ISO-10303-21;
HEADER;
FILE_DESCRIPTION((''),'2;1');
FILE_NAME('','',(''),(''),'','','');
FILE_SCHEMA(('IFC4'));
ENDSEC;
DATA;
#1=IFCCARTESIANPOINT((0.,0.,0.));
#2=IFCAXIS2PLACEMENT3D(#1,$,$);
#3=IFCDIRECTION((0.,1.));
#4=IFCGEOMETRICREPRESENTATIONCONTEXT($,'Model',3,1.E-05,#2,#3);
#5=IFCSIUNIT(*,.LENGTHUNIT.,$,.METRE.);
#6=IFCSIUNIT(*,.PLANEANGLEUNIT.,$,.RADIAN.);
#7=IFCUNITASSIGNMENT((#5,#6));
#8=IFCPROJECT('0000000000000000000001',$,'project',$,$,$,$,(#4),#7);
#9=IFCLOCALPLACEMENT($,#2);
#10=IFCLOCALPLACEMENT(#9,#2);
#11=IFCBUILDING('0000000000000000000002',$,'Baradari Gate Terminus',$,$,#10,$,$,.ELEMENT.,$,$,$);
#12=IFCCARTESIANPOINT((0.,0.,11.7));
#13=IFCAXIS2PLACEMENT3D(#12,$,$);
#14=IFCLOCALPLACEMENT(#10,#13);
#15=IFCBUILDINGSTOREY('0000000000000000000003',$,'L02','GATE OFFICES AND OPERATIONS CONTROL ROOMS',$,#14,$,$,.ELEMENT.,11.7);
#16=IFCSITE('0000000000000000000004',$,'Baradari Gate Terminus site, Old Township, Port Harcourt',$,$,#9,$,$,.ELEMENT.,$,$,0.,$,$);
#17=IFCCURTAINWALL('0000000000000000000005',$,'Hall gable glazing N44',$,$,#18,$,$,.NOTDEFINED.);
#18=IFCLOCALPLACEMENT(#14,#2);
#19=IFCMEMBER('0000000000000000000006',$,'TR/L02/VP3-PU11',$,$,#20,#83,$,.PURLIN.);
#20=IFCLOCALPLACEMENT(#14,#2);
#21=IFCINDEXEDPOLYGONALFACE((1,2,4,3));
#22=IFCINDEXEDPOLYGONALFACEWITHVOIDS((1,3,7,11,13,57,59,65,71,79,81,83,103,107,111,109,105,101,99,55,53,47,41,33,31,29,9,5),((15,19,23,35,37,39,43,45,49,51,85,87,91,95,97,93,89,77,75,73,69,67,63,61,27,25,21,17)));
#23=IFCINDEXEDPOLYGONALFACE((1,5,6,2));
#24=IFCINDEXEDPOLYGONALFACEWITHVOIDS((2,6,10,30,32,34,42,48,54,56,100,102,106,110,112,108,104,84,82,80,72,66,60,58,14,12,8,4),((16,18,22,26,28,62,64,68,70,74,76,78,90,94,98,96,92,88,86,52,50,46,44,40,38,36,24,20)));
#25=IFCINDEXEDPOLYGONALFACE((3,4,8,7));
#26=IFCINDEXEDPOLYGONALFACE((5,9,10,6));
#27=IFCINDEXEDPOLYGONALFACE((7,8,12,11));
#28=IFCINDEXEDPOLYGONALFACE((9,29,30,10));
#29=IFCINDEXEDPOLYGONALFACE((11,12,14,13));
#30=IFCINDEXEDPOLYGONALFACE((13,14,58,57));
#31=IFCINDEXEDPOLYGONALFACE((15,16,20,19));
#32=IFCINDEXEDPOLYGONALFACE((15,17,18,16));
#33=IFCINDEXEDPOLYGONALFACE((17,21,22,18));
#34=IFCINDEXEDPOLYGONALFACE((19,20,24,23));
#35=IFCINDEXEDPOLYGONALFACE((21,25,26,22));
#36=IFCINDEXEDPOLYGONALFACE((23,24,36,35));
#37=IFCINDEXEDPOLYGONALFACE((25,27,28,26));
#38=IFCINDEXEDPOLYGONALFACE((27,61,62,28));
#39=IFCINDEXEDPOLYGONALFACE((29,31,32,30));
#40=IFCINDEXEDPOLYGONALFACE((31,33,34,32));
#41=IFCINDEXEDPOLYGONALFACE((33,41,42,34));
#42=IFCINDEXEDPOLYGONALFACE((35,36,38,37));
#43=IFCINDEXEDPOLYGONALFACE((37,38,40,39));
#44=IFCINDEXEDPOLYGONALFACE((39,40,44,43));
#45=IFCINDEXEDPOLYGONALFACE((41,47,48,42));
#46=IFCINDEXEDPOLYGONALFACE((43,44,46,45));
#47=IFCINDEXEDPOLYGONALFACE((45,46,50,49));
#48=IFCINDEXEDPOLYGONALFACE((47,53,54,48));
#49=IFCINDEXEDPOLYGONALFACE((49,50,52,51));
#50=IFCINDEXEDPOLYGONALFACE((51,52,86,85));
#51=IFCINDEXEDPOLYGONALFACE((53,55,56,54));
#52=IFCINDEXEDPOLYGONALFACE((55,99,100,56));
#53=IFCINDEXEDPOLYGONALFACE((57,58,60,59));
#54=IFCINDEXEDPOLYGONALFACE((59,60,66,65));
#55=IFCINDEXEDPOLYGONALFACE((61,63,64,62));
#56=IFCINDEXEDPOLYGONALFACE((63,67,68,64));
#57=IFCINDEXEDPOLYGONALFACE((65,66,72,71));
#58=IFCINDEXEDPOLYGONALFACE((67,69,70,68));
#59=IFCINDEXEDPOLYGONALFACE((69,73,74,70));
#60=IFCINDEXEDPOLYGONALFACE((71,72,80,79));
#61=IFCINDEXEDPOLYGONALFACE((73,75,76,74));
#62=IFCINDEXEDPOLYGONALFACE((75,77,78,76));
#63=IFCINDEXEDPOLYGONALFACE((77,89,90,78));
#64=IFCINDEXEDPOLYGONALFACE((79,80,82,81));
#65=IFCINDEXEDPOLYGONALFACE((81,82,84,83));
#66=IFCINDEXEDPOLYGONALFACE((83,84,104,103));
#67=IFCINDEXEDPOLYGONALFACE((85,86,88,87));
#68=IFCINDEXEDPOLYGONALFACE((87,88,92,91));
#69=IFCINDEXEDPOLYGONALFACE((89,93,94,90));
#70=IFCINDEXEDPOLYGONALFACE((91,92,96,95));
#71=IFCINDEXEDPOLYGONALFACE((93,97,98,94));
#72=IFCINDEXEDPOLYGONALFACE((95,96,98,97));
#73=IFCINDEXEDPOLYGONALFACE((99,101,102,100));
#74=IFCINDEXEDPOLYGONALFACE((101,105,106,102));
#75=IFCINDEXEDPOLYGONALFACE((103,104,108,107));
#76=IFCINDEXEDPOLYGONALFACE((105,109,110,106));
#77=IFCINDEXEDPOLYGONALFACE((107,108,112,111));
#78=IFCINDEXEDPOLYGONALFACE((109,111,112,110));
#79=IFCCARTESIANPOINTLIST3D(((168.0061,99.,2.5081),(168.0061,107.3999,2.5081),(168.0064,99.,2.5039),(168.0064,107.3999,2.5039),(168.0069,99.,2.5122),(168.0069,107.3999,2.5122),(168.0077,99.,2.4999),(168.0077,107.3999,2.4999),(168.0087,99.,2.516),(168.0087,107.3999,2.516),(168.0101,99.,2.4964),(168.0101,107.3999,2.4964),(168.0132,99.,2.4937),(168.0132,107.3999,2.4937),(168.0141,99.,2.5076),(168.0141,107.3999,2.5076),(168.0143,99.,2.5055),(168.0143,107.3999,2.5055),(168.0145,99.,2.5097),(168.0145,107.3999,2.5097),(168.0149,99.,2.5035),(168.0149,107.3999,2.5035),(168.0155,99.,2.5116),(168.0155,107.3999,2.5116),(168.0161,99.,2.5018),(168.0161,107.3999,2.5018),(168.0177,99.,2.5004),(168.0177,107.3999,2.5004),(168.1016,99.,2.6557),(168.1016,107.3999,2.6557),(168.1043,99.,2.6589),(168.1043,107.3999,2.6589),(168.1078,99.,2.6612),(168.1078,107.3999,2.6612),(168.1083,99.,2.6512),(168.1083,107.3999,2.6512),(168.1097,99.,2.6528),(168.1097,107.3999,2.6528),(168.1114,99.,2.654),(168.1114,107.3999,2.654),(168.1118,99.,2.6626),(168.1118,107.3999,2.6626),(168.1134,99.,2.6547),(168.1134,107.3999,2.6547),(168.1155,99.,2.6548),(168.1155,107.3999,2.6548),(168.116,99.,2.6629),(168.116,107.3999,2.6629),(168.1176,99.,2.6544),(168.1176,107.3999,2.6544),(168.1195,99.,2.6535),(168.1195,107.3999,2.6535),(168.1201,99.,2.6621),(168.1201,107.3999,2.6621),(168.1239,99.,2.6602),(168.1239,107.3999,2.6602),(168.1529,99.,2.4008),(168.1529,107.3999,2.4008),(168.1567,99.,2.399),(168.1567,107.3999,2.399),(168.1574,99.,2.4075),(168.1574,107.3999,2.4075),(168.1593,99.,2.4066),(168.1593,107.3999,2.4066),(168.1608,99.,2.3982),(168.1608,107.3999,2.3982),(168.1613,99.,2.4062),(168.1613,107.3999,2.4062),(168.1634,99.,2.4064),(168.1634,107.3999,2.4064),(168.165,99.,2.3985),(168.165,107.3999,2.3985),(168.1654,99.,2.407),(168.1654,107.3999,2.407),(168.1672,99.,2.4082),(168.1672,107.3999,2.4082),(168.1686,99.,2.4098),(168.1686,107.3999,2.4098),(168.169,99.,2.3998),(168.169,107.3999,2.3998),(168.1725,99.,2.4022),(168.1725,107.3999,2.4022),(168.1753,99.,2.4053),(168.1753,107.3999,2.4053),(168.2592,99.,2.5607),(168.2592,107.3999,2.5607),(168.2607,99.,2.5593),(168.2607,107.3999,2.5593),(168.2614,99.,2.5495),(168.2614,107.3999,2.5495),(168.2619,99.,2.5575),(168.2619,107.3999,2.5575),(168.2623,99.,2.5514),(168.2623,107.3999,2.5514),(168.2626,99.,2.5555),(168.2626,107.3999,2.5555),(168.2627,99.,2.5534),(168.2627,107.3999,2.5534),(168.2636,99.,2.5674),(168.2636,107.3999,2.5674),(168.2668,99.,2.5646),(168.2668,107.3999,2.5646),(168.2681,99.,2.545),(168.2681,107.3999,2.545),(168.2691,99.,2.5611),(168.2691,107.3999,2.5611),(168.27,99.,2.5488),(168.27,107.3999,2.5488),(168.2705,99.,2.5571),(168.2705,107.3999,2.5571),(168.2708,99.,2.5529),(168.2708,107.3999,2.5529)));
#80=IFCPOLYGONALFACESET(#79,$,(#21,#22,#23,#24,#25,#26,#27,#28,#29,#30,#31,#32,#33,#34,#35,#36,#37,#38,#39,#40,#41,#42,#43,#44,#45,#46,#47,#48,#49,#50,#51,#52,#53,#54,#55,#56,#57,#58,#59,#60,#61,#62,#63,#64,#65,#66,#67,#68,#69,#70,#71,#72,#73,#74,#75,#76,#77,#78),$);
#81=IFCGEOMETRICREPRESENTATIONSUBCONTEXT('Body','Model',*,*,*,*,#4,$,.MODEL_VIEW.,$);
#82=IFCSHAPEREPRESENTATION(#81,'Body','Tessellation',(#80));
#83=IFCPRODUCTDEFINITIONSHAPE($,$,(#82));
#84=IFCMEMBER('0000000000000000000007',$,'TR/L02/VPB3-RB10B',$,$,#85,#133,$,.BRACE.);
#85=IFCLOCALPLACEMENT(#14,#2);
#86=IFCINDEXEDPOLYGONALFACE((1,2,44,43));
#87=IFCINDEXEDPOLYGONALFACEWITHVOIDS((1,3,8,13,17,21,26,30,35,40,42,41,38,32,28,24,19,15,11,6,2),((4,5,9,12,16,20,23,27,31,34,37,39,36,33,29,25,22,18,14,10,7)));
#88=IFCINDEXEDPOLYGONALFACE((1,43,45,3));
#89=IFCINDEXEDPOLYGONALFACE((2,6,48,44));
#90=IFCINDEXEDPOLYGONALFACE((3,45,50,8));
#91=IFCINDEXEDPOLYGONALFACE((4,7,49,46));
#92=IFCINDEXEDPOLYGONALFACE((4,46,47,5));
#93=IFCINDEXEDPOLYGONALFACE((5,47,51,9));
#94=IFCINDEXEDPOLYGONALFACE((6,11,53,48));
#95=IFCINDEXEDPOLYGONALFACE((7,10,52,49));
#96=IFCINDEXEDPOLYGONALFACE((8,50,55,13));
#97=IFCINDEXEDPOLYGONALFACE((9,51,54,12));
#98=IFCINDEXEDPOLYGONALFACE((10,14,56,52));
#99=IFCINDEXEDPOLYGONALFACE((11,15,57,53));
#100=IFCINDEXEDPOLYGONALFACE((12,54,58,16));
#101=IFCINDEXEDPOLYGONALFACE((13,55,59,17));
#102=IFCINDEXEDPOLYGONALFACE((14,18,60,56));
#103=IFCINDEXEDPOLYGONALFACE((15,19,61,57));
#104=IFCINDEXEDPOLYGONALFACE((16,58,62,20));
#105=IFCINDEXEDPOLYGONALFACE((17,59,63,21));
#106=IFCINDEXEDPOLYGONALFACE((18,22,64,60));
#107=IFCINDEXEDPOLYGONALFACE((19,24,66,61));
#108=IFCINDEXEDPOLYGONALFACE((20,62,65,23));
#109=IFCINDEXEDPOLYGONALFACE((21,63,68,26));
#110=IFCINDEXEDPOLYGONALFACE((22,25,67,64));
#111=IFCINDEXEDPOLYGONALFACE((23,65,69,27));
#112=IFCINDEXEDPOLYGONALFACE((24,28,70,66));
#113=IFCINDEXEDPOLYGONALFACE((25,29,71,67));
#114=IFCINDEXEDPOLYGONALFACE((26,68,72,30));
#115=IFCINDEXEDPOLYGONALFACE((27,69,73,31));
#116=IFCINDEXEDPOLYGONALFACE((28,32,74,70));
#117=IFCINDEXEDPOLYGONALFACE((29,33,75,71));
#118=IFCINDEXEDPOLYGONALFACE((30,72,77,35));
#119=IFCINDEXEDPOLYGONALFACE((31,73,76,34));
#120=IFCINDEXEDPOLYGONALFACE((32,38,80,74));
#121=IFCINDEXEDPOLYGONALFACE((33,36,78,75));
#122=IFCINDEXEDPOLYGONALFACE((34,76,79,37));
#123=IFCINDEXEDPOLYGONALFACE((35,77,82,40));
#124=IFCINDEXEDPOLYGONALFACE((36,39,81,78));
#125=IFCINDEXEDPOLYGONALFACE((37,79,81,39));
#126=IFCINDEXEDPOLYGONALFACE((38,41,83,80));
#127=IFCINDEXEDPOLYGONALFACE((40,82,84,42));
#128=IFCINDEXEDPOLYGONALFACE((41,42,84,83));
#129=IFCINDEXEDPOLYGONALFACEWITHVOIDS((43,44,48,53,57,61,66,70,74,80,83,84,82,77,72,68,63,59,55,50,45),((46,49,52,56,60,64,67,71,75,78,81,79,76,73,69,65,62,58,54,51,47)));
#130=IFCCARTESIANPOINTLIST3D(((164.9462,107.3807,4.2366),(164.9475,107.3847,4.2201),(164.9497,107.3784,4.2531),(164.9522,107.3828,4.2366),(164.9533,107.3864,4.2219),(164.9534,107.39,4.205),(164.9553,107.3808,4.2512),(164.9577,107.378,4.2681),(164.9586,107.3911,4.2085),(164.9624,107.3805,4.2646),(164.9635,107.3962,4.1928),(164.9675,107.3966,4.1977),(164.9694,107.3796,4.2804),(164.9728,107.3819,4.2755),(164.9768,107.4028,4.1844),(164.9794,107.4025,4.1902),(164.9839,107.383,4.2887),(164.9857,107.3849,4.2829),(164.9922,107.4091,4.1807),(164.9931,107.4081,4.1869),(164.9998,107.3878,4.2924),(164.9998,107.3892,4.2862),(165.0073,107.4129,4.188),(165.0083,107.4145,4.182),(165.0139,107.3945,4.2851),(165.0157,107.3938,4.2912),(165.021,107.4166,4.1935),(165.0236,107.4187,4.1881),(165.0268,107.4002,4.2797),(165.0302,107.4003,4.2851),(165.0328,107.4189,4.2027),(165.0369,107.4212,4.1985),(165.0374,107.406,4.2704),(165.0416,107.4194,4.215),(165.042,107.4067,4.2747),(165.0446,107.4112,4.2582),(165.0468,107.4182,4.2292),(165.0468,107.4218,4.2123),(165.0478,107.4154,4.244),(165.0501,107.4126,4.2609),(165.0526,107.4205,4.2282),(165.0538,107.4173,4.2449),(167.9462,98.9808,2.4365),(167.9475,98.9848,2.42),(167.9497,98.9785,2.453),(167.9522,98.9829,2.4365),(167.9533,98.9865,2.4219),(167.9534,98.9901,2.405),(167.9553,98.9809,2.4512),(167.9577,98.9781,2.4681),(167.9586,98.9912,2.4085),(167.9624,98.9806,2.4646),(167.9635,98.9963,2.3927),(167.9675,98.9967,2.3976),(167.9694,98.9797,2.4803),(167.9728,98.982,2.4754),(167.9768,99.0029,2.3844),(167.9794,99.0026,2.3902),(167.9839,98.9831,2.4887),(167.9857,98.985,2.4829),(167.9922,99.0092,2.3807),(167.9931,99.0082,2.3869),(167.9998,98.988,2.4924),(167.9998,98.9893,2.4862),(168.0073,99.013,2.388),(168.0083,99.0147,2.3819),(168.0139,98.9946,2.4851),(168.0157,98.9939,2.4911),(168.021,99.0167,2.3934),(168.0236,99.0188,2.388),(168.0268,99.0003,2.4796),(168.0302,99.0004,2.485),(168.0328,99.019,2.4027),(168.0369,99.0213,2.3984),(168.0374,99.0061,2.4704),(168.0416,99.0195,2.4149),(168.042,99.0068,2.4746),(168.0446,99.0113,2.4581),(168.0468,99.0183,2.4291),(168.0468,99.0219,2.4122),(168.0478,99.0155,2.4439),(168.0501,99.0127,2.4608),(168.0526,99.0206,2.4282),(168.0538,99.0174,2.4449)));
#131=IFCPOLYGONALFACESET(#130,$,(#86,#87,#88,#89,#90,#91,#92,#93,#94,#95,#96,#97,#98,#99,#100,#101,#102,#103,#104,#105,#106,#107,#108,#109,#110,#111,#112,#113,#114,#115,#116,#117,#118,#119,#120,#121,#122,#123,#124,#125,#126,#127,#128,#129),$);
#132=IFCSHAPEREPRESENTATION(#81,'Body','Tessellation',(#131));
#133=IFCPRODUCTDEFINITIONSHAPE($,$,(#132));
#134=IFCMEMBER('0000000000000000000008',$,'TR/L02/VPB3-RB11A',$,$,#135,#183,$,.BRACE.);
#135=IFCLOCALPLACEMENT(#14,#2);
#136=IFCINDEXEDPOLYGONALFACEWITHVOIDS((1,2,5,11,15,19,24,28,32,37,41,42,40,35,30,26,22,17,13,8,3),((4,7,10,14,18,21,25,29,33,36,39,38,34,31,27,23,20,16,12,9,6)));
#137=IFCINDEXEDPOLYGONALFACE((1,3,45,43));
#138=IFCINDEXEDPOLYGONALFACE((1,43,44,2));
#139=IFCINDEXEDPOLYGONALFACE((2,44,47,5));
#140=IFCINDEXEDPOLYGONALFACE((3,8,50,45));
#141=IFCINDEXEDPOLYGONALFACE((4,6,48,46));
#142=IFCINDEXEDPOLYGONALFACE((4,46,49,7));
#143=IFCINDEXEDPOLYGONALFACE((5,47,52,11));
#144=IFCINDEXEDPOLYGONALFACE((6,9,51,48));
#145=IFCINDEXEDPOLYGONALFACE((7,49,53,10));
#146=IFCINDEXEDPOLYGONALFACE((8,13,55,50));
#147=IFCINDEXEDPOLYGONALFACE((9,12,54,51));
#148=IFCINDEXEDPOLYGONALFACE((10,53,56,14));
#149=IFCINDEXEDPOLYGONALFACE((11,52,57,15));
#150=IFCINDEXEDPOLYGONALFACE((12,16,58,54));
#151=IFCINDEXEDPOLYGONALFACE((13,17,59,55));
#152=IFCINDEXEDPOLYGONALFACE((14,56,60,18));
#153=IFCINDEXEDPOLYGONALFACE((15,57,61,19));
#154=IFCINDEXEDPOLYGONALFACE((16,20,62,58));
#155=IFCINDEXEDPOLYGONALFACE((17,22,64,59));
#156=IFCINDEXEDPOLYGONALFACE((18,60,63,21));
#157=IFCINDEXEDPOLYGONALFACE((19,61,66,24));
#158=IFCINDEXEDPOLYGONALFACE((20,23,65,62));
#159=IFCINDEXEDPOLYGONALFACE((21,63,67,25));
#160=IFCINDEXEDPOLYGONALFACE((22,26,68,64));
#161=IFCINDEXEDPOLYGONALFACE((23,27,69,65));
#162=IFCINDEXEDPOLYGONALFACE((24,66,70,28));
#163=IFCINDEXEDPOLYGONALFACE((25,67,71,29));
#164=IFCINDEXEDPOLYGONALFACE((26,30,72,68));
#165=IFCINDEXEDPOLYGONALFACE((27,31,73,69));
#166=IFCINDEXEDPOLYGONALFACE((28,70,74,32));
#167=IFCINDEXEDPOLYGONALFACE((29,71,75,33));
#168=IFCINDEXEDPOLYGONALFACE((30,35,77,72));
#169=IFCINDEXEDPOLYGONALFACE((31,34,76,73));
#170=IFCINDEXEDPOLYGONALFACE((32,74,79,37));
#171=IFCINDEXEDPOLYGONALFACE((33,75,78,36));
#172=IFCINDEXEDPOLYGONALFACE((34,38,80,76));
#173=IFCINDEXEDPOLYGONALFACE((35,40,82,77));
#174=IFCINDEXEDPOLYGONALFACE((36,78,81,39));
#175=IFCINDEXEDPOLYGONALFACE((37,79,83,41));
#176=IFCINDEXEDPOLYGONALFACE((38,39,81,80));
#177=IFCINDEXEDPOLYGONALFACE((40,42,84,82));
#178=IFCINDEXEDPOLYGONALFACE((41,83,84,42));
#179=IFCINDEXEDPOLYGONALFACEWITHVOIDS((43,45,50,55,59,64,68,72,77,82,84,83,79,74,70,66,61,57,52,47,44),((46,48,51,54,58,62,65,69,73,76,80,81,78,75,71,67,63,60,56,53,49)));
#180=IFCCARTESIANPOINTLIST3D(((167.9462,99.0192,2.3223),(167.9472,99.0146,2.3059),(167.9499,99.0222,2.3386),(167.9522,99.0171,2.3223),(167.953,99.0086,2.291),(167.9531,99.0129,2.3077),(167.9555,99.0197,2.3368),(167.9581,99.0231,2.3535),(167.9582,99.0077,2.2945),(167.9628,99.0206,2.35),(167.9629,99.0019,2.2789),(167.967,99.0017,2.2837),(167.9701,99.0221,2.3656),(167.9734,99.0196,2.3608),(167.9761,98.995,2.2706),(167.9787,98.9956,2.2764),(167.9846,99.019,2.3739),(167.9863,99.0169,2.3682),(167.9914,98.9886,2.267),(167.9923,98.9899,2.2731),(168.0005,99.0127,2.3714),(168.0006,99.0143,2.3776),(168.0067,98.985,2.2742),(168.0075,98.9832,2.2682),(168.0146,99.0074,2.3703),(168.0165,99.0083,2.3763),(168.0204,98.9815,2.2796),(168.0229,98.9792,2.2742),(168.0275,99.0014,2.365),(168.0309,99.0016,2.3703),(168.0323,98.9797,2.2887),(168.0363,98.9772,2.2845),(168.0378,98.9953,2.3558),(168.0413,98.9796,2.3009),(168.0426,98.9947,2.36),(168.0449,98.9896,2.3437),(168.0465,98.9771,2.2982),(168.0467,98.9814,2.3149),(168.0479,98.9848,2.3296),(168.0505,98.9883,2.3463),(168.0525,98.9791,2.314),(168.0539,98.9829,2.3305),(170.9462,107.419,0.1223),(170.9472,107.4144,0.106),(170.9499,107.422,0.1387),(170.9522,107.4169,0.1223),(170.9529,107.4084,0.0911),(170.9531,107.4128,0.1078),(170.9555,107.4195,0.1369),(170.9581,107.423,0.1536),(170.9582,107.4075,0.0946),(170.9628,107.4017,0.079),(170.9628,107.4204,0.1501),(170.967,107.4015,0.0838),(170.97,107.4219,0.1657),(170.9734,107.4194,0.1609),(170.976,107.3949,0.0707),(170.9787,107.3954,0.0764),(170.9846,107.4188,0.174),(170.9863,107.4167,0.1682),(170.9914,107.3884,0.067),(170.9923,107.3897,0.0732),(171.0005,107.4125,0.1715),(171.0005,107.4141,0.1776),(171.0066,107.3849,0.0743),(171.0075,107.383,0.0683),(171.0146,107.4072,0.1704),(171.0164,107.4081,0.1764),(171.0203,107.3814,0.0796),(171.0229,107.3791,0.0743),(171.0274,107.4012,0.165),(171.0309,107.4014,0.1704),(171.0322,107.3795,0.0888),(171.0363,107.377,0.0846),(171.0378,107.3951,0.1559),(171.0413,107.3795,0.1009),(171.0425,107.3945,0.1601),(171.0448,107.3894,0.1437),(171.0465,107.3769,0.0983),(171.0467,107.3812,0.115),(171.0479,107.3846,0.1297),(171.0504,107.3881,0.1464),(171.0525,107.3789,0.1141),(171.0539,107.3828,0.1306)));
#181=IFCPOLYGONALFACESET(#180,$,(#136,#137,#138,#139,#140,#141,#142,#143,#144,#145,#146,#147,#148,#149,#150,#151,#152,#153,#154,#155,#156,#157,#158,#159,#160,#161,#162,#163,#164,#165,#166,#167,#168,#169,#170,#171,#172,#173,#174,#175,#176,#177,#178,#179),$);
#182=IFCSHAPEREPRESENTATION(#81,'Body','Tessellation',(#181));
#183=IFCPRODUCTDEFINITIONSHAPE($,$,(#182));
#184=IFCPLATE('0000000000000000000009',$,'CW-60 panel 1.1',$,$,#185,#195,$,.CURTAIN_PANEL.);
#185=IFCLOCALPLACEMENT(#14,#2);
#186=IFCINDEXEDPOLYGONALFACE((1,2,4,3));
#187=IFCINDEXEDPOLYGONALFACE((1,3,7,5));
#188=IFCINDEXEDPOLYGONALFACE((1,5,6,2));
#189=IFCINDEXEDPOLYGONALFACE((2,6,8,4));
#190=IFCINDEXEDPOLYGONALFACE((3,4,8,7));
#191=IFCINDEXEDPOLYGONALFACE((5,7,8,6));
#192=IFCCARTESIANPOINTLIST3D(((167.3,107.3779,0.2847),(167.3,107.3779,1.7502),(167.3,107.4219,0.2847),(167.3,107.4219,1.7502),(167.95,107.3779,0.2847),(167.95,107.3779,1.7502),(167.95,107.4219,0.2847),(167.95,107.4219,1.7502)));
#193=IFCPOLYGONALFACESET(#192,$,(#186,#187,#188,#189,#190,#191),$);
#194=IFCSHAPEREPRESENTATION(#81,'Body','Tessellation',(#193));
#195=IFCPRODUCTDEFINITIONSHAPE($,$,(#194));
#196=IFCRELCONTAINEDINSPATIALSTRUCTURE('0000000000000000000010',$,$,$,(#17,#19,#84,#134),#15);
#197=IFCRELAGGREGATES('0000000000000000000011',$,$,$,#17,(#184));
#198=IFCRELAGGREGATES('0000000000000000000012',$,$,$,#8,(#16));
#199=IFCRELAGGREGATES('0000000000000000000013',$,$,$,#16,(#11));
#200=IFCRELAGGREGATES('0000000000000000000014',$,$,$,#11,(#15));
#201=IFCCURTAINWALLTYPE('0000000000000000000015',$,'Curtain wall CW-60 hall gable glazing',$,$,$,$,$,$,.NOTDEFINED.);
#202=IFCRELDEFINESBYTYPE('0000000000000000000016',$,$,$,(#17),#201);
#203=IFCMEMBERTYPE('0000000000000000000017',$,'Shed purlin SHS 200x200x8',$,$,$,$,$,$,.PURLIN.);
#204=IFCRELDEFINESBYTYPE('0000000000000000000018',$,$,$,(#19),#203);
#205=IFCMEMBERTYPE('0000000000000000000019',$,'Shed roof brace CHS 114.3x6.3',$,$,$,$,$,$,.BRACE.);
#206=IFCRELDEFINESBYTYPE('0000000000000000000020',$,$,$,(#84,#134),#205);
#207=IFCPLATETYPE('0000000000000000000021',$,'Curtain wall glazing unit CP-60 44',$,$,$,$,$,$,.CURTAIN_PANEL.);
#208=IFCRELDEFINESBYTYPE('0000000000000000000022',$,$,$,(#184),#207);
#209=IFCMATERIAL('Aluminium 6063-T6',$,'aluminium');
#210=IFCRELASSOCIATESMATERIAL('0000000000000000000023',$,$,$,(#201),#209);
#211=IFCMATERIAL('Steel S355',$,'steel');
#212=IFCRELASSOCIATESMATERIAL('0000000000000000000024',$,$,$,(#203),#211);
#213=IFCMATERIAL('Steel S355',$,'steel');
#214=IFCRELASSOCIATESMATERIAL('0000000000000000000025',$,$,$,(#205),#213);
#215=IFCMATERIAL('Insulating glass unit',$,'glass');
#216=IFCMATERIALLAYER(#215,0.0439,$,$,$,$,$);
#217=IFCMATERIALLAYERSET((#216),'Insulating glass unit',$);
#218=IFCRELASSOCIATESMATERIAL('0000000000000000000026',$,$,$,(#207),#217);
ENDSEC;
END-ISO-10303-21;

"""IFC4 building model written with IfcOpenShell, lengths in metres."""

from ifc_helpers import new_model, si_unit, direction, frame, origin, origin_2d, place, context, subcontext, project, spatial, rectangle, hollow_rectangle, hollow_circle, extrude, material, layer, layer_set, material_profile, profile_set, type_object, element, aggregate, save


model = new_model("IFC4")

# Units and contexts
model_context = context("Model", 3, precision=1e-05, world=origin(), true_north=direction((0.0, 1.0)))
body_context = subcontext(model_context, "Body", "Model", "MODEL_VIEW")
ifc_project = project(units=[si_unit("LENGTHUNIT", "METRE"), si_unit("PLANEANGLEUNIT", "RADIAN")], contexts=[model_context])

# Site, building, storey
site_placement = place(None, origin())
site = spatial("IfcSite", under=ifc_project, at=site_placement, Name="Baradari Gate Terminus site, Old Township, Port Harcourt", CompositionType="ELEMENT", RefElevation=0.0)
building_placement = place(site_placement, origin())
building = spatial("IfcBuilding", under=site, at=building_placement, Name="Baradari Gate Terminus", CompositionType="ELEMENT")
storey_placement = place(building_placement, frame((0.0, 0.0, 11.7)))
storey = spatial("IfcBuildingStorey", under=building, at=storey_placement, Name="L02", Description="GATE OFFICES AND OPERATIONS CONTROL ROOMS", CompositionType="ELEMENT", Elevation=11.7)

# Curtain wall
ifc_material_1 = material(Name="Aluminium 6063-T6", Category="aluminium")
curtain_wall_type = type_object("IfcCurtainWallType", Name="Curtain wall CW-60 hall gable glazing", PredefinedType="NOTDEFINED", material=ifc_material_1)
curtain_wall_1_placement = place(storey_placement, origin())
curtain_wall_1 = element("IfcCurtainWall", 1, at=curtain_wall_1_placement, inside=storey, type_object=curtain_wall_type, Name="Hall gable glazing N44", PredefinedType="NOTDEFINED")

# Members
ifc_material_2 = material(Name="Steel S355", Category="steel")
ifc_material_profile_1 = material_profile(ifc_material_2, hollow_rectangle(XDim=0.2, YDim=0.2, WallThickness=0.0081, InnerFilletRadius=0.0081, OuterFilletRadius=0.0161, at=origin_2d()), Name="SHS 200x200x8")
ifc_profile_set_1 = profile_set([ifc_material_profile_1], Name="Steel S355")
member_type_1 = type_object("IfcMemberType", Name="Shed purlin SHS 200x200x8", PredefinedType="PURLIN", material=ifc_profile_set_1)
member_1_placement = place(storey_placement, frame((168.1384, 99.0, 2.5305), z_axis=(0.0, 1.0, 0.0), x_axis=(-0.832836, 0.0, 0.553519)))
element("IfcMember", 2, at=member_1_placement, inside=storey, type_object=member_type_1, Name="TR/L02/VP3-PU11", PredefinedType="PURLIN", context=body_context, shape_type="SweptSolid", body=[
    extrude(hollow_rectangle(XDim=0.2, YDim=0.2, WallThickness=0.0081, InnerFilletRadius=0.0081, OuterFilletRadius=0.0161, at=origin_2d()), origin(), (0.0, 0.0, 1.0), 8.3999),
])
ifc_material_3 = material(Name="Steel S355", Category="steel")
ifc_material_profile_2 = material_profile(ifc_material_3, hollow_circle(Radius=0.0571, WallThickness=0.0063, at=origin_2d()), Name="CHS 114.3x6.3")
ifc_profile_set_2 = profile_set([ifc_material_profile_2], Name="Steel S355")
member_type_2 = type_object("IfcMemberType", Name="Shed roof brace CHS 114.3x6.3", PredefinedType="BRACE", material=ifc_profile_set_2)
member_2_placement = place(storey_placement, frame((168.0, 99.0, 2.4365), z_axis=(-0.329693, 0.92313, 0.197821), x_axis=(-0.941741, -0.33634, 0.0)))
element("IfcMember", 3, at=member_2_placement, inside=storey, type_object=member_type_2, Name="TR/L02/VPB3-RB10B", PredefinedType="BRACE", context=body_context, shape_type="SweptSolid", body=[
    extrude(hollow_circle(Radius=0.0571, WallThickness=0.0063, at=origin_2d()), origin(), (0.0, 0.0, 1.0), 9.0994),
])
member_3_placement = place(storey_placement, frame((168.0, 99.0, 2.3223), z_axis=(0.326554, 0.91434, -0.239468), x_axis=(-0.941741, 0.33634, 0.0)))
element("IfcMember", 4, at=member_3_placement, inside=storey, type_object=member_type_2, Name="TR/L02/VPB3-RB11A", PredefinedType="BRACE", context=body_context, shape_type="SweptSolid", body=[
    extrude(hollow_circle(Radius=0.0571, WallThickness=0.0063, at=origin_2d()), origin(), (0.0, 0.0, 1.0), 9.1868),
])

# Plate
ifc_material_4 = material(Name="Insulating glass unit", Category="glass")
ifc_layer_1 = layer(ifc_material_4, 0.0439)
ifc_layer_set_1 = layer_set([ifc_layer_1], Name="Insulating glass unit")
plate_type = type_object("IfcPlateType", Name="Curtain wall glazing unit CP-60 44", PredefinedType="CURTAIN_PANEL", material=ifc_layer_set_1)
plate_1_placement = place(storey_placement, frame((167.625, 107.3999, 0.2847), z_axis=(0.0, 0.0, 1.0), x_axis=(1.0, 0.0, 0.0)))
plate_1 = element("IfcPlate", 5, at=plate_1_placement, type_object=plate_type, Name="CW-60 panel 1.1", PredefinedType="CURTAIN_PANEL", context=body_context, shape_type="SweptSolid", body=[
    extrude(rectangle(XDim=0.6499, YDim=0.0439, at=origin_2d()), origin(), (0.0, 0.0, 1.0), 1.4656),
])
aggregate(curtain_wall_1, [plate_1])

save(model, "model.ifc")
